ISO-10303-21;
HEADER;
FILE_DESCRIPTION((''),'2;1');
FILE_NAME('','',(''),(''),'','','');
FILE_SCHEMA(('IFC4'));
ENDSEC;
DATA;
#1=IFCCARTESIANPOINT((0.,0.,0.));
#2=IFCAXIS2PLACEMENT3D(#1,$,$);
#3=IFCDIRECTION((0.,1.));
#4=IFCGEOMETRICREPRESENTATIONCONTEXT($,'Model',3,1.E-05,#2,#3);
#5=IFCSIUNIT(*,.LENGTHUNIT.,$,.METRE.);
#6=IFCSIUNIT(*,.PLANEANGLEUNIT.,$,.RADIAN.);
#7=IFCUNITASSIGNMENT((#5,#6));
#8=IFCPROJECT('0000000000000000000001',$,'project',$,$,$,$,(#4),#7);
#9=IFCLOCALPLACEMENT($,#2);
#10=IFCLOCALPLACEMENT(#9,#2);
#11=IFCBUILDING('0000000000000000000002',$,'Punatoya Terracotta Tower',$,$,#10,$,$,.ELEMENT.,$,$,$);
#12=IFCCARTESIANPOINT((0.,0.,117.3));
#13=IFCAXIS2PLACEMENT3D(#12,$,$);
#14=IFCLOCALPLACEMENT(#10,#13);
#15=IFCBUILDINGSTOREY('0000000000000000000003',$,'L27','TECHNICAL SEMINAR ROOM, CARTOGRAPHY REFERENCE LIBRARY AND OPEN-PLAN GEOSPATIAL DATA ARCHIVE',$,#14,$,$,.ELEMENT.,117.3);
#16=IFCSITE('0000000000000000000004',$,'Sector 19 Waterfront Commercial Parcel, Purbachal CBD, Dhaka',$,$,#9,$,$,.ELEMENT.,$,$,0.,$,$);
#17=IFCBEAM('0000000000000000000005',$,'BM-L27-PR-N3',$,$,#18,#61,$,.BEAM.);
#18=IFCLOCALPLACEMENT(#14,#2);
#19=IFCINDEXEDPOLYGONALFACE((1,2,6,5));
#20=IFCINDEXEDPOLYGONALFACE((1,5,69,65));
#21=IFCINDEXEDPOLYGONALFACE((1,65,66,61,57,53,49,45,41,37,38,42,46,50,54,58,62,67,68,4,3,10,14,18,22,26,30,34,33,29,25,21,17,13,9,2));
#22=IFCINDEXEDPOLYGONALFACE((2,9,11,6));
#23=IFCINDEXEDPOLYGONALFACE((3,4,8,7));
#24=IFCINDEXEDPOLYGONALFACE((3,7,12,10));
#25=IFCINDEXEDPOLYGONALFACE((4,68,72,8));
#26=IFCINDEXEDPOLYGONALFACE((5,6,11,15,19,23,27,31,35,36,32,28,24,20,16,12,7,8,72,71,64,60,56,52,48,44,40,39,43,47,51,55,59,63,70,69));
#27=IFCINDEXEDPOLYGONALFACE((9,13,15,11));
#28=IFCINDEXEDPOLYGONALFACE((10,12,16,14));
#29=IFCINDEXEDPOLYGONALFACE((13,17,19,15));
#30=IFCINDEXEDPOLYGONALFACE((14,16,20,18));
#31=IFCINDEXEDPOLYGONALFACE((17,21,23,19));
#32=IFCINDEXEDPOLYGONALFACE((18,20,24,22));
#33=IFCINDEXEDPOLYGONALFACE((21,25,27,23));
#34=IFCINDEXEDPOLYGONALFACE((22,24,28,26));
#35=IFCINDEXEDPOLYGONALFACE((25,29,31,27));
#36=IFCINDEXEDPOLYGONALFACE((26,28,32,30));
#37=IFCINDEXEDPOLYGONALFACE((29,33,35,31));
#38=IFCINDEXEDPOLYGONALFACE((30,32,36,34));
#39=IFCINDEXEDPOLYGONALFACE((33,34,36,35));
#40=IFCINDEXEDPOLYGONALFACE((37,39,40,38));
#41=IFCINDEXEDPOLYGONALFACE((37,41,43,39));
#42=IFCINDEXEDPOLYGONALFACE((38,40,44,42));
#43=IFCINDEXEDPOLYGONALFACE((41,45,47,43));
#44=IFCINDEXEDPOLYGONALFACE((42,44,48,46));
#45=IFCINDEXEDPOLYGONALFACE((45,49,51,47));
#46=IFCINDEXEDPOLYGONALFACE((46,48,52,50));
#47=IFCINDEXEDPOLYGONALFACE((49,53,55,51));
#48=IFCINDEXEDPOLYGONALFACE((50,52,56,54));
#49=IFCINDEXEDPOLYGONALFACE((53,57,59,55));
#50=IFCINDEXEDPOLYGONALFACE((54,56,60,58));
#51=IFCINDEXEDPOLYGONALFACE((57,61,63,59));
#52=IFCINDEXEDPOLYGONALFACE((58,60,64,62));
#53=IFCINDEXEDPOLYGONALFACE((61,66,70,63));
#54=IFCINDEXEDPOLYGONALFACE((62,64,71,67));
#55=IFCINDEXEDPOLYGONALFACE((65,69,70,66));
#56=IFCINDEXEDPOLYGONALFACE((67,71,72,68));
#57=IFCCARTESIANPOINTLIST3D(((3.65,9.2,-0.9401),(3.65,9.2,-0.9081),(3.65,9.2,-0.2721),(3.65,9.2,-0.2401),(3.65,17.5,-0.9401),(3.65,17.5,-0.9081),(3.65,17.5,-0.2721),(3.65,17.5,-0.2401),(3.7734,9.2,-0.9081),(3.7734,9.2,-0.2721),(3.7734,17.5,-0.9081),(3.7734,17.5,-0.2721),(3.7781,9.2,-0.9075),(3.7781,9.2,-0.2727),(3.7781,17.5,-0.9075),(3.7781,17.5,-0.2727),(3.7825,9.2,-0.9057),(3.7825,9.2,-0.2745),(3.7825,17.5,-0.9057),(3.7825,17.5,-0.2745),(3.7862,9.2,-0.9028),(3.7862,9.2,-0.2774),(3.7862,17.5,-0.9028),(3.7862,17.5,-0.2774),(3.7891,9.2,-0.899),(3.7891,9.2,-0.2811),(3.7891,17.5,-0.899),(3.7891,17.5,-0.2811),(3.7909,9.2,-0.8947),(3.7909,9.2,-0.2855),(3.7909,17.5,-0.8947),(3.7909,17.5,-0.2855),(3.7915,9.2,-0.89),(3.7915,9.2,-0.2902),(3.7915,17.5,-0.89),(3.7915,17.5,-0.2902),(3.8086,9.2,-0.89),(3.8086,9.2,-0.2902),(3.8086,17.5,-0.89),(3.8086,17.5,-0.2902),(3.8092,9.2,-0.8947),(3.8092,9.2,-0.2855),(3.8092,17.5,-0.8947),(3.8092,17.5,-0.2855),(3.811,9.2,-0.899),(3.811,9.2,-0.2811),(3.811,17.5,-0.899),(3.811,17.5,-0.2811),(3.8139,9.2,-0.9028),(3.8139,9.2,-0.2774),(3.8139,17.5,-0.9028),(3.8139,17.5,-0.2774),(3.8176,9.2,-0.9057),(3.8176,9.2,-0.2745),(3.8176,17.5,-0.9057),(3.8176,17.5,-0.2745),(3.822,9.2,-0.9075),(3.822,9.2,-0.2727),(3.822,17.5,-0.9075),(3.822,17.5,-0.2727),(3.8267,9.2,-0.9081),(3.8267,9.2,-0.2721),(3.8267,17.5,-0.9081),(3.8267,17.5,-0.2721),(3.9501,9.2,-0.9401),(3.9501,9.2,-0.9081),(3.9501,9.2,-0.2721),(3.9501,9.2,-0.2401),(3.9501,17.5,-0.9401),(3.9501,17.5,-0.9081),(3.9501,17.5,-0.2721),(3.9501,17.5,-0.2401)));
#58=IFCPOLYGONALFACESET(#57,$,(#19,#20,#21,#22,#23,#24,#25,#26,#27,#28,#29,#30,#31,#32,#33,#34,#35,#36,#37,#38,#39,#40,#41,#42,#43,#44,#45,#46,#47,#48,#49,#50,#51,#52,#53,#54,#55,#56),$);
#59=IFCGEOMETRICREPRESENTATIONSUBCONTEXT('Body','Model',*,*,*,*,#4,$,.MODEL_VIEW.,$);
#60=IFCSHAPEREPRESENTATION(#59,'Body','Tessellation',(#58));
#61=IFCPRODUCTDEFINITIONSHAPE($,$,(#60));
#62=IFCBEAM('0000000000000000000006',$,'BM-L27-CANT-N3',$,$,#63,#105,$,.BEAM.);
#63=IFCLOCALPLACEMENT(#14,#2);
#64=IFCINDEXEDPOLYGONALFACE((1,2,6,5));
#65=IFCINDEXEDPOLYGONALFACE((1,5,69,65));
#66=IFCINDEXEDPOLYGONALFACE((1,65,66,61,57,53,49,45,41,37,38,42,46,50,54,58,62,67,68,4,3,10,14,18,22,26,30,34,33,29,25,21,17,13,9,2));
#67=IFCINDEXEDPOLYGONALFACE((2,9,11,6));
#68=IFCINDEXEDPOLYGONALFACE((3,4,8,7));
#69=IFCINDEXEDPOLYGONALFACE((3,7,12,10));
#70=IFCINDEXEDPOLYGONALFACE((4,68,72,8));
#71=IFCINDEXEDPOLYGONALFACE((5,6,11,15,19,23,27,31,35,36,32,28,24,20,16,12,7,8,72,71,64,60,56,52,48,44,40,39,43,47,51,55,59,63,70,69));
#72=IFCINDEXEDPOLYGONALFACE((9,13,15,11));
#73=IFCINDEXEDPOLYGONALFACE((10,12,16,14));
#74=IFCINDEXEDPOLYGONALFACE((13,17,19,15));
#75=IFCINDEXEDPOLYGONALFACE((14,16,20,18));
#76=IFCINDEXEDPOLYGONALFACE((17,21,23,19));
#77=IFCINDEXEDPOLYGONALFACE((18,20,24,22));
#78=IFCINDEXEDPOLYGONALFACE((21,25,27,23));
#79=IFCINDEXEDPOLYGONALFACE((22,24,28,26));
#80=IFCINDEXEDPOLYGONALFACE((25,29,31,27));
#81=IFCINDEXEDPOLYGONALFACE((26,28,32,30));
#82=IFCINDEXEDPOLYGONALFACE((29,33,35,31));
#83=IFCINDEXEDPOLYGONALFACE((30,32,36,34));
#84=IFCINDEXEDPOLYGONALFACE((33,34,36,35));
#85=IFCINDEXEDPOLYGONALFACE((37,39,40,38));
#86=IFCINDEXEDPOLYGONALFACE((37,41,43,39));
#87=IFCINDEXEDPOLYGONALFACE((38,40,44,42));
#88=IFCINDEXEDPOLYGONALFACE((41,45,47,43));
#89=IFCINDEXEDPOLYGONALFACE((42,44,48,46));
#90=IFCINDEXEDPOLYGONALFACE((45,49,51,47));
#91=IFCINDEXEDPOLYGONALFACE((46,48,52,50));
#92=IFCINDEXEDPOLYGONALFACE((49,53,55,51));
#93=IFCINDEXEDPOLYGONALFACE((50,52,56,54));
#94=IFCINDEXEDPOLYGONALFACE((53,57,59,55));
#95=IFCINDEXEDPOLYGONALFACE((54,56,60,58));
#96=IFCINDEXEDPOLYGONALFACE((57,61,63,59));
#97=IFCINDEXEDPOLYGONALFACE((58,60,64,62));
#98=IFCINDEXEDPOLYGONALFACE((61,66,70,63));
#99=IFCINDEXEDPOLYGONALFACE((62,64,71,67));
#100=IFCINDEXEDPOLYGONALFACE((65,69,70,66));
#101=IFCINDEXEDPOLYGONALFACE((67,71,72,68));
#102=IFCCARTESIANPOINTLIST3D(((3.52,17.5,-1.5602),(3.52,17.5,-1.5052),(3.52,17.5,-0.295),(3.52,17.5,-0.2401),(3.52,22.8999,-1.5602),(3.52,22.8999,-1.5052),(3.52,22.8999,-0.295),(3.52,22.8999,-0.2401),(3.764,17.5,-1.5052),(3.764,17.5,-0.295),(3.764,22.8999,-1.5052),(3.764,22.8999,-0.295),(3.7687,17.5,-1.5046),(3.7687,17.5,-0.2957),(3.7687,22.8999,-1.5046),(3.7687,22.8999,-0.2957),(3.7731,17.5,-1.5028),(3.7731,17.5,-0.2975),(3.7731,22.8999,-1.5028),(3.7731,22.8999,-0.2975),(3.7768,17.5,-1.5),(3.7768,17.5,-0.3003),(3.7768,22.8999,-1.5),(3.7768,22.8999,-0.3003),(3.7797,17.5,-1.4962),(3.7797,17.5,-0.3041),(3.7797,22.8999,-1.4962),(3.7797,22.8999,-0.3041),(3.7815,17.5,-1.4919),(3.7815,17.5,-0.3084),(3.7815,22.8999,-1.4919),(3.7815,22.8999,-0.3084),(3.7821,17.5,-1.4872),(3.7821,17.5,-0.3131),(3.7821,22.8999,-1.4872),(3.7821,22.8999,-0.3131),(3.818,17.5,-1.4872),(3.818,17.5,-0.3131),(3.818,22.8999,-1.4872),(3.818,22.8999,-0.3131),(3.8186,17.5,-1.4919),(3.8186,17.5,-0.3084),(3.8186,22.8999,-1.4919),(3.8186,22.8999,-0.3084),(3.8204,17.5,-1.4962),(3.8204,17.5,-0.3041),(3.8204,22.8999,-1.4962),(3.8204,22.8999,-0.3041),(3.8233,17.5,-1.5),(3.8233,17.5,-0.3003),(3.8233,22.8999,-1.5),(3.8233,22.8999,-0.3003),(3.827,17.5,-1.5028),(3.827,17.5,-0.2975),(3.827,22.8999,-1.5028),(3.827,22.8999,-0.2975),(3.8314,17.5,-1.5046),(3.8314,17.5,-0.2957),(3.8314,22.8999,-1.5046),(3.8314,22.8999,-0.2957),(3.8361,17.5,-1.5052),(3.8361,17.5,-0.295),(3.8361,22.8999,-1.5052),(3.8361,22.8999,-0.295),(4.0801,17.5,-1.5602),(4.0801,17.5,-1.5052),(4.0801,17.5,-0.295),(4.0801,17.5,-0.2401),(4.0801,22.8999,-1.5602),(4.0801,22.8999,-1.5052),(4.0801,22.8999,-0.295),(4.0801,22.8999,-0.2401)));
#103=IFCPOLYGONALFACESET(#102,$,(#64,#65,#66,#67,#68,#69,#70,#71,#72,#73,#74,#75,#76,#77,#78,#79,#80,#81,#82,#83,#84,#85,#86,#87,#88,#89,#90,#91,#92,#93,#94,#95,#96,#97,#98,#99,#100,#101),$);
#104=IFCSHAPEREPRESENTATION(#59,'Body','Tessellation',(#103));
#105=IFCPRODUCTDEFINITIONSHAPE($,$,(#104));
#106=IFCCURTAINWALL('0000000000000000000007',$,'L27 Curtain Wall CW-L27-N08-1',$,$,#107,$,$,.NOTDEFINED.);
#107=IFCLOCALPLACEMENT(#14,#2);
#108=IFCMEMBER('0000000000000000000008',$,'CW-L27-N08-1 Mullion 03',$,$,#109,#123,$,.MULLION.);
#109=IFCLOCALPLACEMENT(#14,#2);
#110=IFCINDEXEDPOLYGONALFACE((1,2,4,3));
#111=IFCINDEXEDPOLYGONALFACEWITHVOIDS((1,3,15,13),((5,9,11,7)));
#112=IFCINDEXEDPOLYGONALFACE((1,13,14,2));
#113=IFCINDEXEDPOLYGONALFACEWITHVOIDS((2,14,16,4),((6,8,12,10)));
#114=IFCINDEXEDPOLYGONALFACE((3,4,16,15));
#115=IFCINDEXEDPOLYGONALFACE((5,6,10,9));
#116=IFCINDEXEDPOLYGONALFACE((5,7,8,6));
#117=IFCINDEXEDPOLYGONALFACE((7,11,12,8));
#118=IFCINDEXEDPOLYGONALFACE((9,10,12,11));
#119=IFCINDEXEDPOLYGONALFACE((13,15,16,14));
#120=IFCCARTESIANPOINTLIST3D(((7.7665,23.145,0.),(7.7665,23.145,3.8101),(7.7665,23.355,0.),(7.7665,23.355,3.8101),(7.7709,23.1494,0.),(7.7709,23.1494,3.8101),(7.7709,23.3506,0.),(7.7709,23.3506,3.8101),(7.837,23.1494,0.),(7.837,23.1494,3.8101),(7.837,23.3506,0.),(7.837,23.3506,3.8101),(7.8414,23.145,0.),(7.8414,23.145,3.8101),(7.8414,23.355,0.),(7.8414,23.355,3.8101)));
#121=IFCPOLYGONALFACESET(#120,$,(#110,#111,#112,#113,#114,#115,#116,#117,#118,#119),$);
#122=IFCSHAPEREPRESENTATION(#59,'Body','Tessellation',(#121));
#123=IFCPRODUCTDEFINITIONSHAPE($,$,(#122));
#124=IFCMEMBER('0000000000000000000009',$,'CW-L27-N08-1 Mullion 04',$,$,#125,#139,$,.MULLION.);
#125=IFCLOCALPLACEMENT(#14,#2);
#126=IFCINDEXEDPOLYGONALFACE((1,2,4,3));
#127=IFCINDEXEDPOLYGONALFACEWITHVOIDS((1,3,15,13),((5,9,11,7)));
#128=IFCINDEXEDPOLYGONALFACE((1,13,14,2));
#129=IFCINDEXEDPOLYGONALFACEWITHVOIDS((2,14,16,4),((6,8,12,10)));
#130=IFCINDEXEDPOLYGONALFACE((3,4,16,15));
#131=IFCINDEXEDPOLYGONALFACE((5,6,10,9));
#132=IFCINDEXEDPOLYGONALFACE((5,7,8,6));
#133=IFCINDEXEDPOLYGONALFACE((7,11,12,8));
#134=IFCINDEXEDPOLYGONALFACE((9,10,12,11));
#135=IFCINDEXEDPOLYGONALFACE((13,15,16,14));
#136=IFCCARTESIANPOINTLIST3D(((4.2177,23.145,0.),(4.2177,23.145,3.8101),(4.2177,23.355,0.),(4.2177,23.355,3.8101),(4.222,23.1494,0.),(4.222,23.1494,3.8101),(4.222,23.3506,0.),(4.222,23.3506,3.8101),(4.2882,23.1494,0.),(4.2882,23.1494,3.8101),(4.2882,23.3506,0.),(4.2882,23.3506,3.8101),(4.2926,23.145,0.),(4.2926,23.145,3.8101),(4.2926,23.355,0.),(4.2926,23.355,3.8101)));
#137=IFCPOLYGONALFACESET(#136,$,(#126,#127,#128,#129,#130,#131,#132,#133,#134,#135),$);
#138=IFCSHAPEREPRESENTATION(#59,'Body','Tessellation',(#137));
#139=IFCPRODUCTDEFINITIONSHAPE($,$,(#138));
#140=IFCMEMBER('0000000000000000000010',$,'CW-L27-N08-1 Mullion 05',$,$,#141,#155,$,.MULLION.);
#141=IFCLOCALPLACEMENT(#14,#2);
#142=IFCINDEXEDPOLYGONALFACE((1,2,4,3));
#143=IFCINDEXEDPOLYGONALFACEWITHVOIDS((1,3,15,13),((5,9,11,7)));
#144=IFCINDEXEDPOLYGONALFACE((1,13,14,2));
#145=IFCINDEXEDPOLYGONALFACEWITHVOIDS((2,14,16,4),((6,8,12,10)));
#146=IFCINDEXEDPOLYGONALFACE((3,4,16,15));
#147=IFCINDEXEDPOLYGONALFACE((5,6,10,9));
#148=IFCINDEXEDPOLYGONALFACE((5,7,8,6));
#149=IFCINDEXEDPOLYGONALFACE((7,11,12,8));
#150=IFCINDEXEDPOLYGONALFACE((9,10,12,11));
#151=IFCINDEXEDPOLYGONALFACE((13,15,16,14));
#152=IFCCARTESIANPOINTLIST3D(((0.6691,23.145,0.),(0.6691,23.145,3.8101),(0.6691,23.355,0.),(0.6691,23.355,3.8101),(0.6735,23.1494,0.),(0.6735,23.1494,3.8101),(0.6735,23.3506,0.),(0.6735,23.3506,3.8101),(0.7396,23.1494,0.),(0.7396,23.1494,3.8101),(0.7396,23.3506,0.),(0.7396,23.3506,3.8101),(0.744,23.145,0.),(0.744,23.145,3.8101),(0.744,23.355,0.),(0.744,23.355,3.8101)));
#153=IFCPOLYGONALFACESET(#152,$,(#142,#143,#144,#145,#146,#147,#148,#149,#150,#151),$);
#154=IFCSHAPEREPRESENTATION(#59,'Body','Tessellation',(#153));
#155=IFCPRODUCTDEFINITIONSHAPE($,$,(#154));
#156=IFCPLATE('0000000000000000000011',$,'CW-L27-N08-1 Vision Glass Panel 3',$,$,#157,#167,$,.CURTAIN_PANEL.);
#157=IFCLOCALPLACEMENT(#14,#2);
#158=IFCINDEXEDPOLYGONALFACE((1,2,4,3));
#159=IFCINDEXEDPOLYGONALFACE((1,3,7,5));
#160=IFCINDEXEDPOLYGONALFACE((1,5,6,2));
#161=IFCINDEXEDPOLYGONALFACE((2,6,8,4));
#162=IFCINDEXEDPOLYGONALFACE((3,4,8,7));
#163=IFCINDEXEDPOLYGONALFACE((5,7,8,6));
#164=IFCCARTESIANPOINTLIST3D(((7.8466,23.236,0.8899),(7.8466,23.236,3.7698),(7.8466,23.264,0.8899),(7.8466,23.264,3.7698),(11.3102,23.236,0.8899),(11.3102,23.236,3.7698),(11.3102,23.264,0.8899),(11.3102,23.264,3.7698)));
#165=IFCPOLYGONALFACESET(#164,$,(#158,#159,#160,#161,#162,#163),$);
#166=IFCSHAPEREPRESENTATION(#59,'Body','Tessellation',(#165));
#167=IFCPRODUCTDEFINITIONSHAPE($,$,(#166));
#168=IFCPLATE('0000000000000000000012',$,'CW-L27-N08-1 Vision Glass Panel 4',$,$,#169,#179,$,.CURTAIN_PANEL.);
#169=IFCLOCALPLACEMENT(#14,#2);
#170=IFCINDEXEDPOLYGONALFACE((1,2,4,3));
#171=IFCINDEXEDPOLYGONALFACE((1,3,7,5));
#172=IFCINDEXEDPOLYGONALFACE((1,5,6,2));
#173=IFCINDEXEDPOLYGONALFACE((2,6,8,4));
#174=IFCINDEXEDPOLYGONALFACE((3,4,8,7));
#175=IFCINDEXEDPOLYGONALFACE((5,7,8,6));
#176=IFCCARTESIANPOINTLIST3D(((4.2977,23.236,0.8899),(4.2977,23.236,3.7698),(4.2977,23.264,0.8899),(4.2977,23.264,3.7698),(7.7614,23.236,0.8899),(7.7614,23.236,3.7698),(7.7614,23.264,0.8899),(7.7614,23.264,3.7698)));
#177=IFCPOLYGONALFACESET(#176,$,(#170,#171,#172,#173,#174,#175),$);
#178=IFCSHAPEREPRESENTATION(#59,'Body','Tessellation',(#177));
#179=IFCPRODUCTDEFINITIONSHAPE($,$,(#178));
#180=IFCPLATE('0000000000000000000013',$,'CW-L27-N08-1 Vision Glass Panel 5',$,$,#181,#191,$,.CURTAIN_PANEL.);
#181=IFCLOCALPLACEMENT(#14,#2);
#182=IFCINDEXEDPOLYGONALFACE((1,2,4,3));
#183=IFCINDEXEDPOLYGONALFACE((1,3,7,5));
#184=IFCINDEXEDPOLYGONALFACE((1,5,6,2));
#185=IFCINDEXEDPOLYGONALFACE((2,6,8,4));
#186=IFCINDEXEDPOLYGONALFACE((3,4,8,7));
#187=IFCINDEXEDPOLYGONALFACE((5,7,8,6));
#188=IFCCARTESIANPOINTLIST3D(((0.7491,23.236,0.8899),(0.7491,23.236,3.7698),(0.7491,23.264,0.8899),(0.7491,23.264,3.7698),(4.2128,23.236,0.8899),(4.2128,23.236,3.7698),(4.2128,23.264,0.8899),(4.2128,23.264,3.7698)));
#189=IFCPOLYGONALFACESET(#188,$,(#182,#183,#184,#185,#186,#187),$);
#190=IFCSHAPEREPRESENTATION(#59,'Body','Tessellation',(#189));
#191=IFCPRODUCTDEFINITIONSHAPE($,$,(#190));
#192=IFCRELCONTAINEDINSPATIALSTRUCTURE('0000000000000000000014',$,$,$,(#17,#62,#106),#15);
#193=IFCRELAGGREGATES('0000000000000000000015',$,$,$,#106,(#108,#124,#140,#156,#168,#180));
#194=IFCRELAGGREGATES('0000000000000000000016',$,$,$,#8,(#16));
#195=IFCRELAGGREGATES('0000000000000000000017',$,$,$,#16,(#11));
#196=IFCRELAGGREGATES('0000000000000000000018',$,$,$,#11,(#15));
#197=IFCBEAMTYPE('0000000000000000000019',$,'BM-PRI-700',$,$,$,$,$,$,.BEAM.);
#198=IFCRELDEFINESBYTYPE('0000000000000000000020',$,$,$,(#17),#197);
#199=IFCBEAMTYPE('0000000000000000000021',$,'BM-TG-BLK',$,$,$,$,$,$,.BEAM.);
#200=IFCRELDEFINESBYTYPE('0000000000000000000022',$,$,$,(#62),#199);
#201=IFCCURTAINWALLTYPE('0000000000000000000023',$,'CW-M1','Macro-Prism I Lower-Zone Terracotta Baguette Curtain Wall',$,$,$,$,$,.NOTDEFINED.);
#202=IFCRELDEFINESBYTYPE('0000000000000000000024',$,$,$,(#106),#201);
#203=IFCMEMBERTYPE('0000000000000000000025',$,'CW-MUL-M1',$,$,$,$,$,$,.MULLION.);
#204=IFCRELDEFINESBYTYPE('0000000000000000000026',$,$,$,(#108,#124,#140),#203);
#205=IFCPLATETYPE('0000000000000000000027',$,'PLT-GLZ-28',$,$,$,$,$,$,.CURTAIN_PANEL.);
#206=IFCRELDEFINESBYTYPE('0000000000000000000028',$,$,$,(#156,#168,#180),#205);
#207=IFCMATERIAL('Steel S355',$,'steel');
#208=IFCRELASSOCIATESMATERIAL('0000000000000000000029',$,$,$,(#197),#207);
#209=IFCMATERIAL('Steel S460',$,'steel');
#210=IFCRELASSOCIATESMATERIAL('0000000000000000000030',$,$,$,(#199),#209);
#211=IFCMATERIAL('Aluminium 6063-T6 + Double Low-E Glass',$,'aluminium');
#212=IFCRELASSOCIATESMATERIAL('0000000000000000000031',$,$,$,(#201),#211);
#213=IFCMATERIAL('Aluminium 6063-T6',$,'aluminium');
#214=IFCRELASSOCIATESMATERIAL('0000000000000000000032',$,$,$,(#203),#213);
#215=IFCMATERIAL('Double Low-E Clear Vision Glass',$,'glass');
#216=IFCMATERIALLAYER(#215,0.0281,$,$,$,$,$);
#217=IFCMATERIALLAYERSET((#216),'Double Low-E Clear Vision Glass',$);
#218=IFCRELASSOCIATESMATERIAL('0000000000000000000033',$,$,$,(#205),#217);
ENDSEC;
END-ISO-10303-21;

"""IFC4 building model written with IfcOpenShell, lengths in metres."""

from ifc_helpers import new_model, si_unit, direction, frame, origin, origin_2d, place, context, subcontext, project, spatial, rectangle, hollow_rectangle, i_section, extrude, material, layer, layer_set, material_profile, profile_set, type_object, element, aggregate, save


model = new_model("IFC4")

# Units and contexts
model_context = context("Model", 3, precision=1e-05, world=origin(), true_north=direction((0.0, 1.0)))
body_context = subcontext(model_context, "Body", "Model", "MODEL_VIEW")
ifc_project = project(units=[si_unit("LENGTHUNIT", "METRE"), si_unit("PLANEANGLEUNIT", "RADIAN")], contexts=[model_context])

# Site, building, storey
site_placement = place(None, origin())
site = spatial("IfcSite", under=ifc_project, at=site_placement, Name="Sector 19 Waterfront Commercial Parcel, Purbachal CBD, Dhaka", CompositionType="ELEMENT", RefElevation=0.0)
building_placement = place(site_placement, origin())
building = spatial("IfcBuilding", under=site, at=building_placement, Name="Punatoya Terracotta Tower", CompositionType="ELEMENT")
storey_placement = place(building_placement, frame((0.0, 0.0, 117.3)))
storey = spatial("IfcBuildingStorey", under=building, at=storey_placement, Name="L27", Description="TECHNICAL SEMINAR ROOM, CARTOGRAPHY REFERENCE LIBRARY AND OPEN-PLAN GEOSPATIAL DATA ARCHIVE", CompositionType="ELEMENT", Elevation=117.3)

# Shared definitions
ifc_material_1 = material(Name="Steel S460", Category="steel")

# Beams
ifc_material_2 = material(Name="Steel S355", Category="steel")
ifc_material_profile_1 = material_profile(ifc_material_2, i_section(OverallWidth=0.3, OverallDepth=0.7, WebThickness=0.0171, FlangeThickness=0.032, FilletRadius=0.0181, at=origin_2d()))
ifc_profile_set_1 = profile_set([ifc_material_profile_1], Name="Steel S355")
beam_type_1 = type_object("IfcBeamType", Name="BM-PRI-700", PredefinedType="BEAM", material=ifc_profile_set_1)
beam_1_placement = place(storey_placement, frame((3.8, 9.2, -0.5901), z_axis=(0.0, 1.0, 0.0), x_axis=(-1.0, 0.0, 0.0)))
element("IfcBeam", 1, at=beam_1_placement, inside=storey, type_object=beam_type_1, Name="BM-L27-PR-N3", PredefinedType="BEAM", context=body_context, shape_type="SweptSolid", body=[
    extrude(i_section(OverallWidth=0.3, OverallDepth=0.7, WebThickness=0.0171, FlangeThickness=0.032, FilletRadius=0.0181, at=origin_2d()), origin(), (0.0, 0.0, 1.0), 8.3),
])
ifc_material_profile_2 = material_profile(ifc_material_1, i_section(OverallWidth=0.5601, OverallDepth=1.3201, WebThickness=0.0359, FlangeThickness=0.0549, FilletRadius=0.0181, at=origin_2d()))
ifc_profile_set_2 = profile_set([ifc_material_profile_2], Name="Steel S460")
beam_type_2 = type_object("IfcBeamType", Name="BM-TG-BLK", PredefinedType="BEAM", material=ifc_profile_set_2)
beam_2_placement = place(storey_placement, frame((3.8, 17.5, -0.9001), z_axis=(0.0, 1.0, 0.0), x_axis=(-1.0, 0.0, 0.0)))
element("IfcBeam", 2, at=beam_2_placement, inside=storey, type_object=beam_type_2, Name="BM-L27-CANT-N3", PredefinedType="BEAM", context=body_context, shape_type="SweptSolid", body=[
    extrude(i_section(OverallWidth=0.5601, OverallDepth=1.3201, WebThickness=0.0359, FlangeThickness=0.0549, FilletRadius=0.0181, at=origin_2d()), origin(), (0.0, 0.0, 1.0), 5.3999),
])

# Curtain wall, members, plates
ifc_material_3 = material(Name="Aluminium 6063-T6 + Double Low-E Glass", Category="aluminium")
curtain_wall_type = type_object("IfcCurtainWallType", Name="CW-M1", Description="Macro-Prism I Lower-Zone Terracotta Baguette Curtain Wall", PredefinedType="NOTDEFINED", material=ifc_material_3)
curtain_wall_placement = place(storey_placement, origin())
curtain_wall = element("IfcCurtainWall", 3, at=curtain_wall_placement, inside=storey, type_object=curtain_wall_type, Name="L27 Curtain Wall CW-L27-N08-1", PredefinedType="NOTDEFINED")
ifc_material_4 = material(Name="Aluminium 6063-T6", Category="aluminium")
ifc_material_profile_3 = material_profile(ifc_material_4, hollow_rectangle(XDim=0.075, YDim=0.21, WallThickness=0.0044, at=origin_2d()))
ifc_profile_set_3 = profile_set([ifc_material_profile_3], Name="Aluminium 6063-T6")
member_type = type_object("IfcMemberType", Name="CW-MUL-M1", PredefinedType="MULLION", material=ifc_profile_set_3)
member_1_placement = place(storey_placement, frame((7.804, 23.25, 0.0), z_axis=(0.0, 0.0, 1.0), x_axis=(1.0, 0.0, 0.0)))
member_1 = element("IfcMember", 4, at=member_1_placement, type_object=member_type, Name="CW-L27-N08-1 Mullion 03", PredefinedType="MULLION", context=body_context, shape_type="SweptSolid", body=[
    extrude(hollow_rectangle(XDim=0.075, YDim=0.21, WallThickness=0.0044, at=origin_2d()), origin(), (0.0, 0.0, 1.0), 3.8101),
])
member_2_placement = place(storey_placement, frame((4.2551, 23.25, 0.0), z_axis=(0.0, 0.0, 1.0), x_axis=(1.0, 0.0, 0.0)))
member_2 = element("IfcMember", 5, at=member_2_placement, type_object=member_type, Name="CW-L27-N08-1 Mullion 04", PredefinedType="MULLION", context=body_context, shape_type="SweptSolid", body=[
    extrude(hollow_rectangle(XDim=0.075, YDim=0.21, WallThickness=0.0044, at=origin_2d()), origin(), (0.0, 0.0, 1.0), 3.8101),
])
member_3_placement = place(storey_placement, frame((0.7065, 23.25, 0.0), z_axis=(0.0, 0.0, 1.0), x_axis=(1.0, 0.0, 0.0)))
member_3 = element("IfcMember", 6, at=member_3_placement, type_object=member_type, Name="CW-L27-N08-1 Mullion 05", PredefinedType="MULLION", context=body_context, shape_type="SweptSolid", body=[
    extrude(hollow_rectangle(XDim=0.075, YDim=0.21, WallThickness=0.0044, at=origin_2d()), origin(), (0.0, 0.0, 1.0), 3.8101),
])
ifc_material_5 = material(Name="Double Low-E Clear Vision Glass", Category="glass")
ifc_layer_1 = layer(ifc_material_5, 0.0281)
ifc_layer_set_1 = layer_set([ifc_layer_1], Name="Double Low-E Clear Vision Glass")
plate_type_1 = type_object("IfcPlateType", Name="PLT-GLZ-28", PredefinedType="CURTAIN_PANEL", material=ifc_layer_set_1)
plate_1_placement = place(storey_placement, frame((9.5784, 23.25, 0.8899), z_axis=(0.0, 0.0, 1.0), x_axis=(-1.0, 0.0, 0.0)))
plate_1 = element("IfcPlate", 7, at=plate_1_placement, type_object=plate_type_1, Name="CW-L27-N08-1 Vision Glass Panel 3", PredefinedType="CURTAIN_PANEL", context=body_context, shape_type="SweptSolid", body=[
    extrude(rectangle(XDim=3.4636, YDim=0.0281, at=origin_2d()), origin(), (0.0, 0.0, 1.0), 2.8799),
])
plate_2_placement = place(storey_placement, frame((6.0295, 23.25, 0.8899), z_axis=(0.0, 0.0, 1.0), x_axis=(-1.0, 0.0, 0.0)))
plate_2 = element("IfcPlate", 8, at=plate_2_placement, type_object=plate_type_1, Name="CW-L27-N08-1 Vision Glass Panel 4", PredefinedType="CURTAIN_PANEL", context=body_context, shape_type="SweptSolid", body=[
    extrude(rectangle(XDim=3.4636, YDim=0.0281, at=origin_2d()), origin(), (0.0, 0.0, 1.0), 2.8799),
])
plate_3_placement = place(storey_placement, frame((2.481, 23.25, 0.8899), z_axis=(0.0, 0.0, 1.0), x_axis=(-1.0, 0.0, 0.0)))
plate_3 = element("IfcPlate", 9, at=plate_3_placement, type_object=plate_type_1, Name="CW-L27-N08-1 Vision Glass Panel 5", PredefinedType="CURTAIN_PANEL", context=body_context, shape_type="SweptSolid", body=[
    extrude(rectangle(XDim=3.4636, YDim=0.0281, at=origin_2d()), origin(), (0.0, 0.0, 1.0), 2.8799),
])
aggregate(curtain_wall, [member_1, member_2, member_3, plate_1, plate_2, plate_3])

save(model, "model.ifc")
